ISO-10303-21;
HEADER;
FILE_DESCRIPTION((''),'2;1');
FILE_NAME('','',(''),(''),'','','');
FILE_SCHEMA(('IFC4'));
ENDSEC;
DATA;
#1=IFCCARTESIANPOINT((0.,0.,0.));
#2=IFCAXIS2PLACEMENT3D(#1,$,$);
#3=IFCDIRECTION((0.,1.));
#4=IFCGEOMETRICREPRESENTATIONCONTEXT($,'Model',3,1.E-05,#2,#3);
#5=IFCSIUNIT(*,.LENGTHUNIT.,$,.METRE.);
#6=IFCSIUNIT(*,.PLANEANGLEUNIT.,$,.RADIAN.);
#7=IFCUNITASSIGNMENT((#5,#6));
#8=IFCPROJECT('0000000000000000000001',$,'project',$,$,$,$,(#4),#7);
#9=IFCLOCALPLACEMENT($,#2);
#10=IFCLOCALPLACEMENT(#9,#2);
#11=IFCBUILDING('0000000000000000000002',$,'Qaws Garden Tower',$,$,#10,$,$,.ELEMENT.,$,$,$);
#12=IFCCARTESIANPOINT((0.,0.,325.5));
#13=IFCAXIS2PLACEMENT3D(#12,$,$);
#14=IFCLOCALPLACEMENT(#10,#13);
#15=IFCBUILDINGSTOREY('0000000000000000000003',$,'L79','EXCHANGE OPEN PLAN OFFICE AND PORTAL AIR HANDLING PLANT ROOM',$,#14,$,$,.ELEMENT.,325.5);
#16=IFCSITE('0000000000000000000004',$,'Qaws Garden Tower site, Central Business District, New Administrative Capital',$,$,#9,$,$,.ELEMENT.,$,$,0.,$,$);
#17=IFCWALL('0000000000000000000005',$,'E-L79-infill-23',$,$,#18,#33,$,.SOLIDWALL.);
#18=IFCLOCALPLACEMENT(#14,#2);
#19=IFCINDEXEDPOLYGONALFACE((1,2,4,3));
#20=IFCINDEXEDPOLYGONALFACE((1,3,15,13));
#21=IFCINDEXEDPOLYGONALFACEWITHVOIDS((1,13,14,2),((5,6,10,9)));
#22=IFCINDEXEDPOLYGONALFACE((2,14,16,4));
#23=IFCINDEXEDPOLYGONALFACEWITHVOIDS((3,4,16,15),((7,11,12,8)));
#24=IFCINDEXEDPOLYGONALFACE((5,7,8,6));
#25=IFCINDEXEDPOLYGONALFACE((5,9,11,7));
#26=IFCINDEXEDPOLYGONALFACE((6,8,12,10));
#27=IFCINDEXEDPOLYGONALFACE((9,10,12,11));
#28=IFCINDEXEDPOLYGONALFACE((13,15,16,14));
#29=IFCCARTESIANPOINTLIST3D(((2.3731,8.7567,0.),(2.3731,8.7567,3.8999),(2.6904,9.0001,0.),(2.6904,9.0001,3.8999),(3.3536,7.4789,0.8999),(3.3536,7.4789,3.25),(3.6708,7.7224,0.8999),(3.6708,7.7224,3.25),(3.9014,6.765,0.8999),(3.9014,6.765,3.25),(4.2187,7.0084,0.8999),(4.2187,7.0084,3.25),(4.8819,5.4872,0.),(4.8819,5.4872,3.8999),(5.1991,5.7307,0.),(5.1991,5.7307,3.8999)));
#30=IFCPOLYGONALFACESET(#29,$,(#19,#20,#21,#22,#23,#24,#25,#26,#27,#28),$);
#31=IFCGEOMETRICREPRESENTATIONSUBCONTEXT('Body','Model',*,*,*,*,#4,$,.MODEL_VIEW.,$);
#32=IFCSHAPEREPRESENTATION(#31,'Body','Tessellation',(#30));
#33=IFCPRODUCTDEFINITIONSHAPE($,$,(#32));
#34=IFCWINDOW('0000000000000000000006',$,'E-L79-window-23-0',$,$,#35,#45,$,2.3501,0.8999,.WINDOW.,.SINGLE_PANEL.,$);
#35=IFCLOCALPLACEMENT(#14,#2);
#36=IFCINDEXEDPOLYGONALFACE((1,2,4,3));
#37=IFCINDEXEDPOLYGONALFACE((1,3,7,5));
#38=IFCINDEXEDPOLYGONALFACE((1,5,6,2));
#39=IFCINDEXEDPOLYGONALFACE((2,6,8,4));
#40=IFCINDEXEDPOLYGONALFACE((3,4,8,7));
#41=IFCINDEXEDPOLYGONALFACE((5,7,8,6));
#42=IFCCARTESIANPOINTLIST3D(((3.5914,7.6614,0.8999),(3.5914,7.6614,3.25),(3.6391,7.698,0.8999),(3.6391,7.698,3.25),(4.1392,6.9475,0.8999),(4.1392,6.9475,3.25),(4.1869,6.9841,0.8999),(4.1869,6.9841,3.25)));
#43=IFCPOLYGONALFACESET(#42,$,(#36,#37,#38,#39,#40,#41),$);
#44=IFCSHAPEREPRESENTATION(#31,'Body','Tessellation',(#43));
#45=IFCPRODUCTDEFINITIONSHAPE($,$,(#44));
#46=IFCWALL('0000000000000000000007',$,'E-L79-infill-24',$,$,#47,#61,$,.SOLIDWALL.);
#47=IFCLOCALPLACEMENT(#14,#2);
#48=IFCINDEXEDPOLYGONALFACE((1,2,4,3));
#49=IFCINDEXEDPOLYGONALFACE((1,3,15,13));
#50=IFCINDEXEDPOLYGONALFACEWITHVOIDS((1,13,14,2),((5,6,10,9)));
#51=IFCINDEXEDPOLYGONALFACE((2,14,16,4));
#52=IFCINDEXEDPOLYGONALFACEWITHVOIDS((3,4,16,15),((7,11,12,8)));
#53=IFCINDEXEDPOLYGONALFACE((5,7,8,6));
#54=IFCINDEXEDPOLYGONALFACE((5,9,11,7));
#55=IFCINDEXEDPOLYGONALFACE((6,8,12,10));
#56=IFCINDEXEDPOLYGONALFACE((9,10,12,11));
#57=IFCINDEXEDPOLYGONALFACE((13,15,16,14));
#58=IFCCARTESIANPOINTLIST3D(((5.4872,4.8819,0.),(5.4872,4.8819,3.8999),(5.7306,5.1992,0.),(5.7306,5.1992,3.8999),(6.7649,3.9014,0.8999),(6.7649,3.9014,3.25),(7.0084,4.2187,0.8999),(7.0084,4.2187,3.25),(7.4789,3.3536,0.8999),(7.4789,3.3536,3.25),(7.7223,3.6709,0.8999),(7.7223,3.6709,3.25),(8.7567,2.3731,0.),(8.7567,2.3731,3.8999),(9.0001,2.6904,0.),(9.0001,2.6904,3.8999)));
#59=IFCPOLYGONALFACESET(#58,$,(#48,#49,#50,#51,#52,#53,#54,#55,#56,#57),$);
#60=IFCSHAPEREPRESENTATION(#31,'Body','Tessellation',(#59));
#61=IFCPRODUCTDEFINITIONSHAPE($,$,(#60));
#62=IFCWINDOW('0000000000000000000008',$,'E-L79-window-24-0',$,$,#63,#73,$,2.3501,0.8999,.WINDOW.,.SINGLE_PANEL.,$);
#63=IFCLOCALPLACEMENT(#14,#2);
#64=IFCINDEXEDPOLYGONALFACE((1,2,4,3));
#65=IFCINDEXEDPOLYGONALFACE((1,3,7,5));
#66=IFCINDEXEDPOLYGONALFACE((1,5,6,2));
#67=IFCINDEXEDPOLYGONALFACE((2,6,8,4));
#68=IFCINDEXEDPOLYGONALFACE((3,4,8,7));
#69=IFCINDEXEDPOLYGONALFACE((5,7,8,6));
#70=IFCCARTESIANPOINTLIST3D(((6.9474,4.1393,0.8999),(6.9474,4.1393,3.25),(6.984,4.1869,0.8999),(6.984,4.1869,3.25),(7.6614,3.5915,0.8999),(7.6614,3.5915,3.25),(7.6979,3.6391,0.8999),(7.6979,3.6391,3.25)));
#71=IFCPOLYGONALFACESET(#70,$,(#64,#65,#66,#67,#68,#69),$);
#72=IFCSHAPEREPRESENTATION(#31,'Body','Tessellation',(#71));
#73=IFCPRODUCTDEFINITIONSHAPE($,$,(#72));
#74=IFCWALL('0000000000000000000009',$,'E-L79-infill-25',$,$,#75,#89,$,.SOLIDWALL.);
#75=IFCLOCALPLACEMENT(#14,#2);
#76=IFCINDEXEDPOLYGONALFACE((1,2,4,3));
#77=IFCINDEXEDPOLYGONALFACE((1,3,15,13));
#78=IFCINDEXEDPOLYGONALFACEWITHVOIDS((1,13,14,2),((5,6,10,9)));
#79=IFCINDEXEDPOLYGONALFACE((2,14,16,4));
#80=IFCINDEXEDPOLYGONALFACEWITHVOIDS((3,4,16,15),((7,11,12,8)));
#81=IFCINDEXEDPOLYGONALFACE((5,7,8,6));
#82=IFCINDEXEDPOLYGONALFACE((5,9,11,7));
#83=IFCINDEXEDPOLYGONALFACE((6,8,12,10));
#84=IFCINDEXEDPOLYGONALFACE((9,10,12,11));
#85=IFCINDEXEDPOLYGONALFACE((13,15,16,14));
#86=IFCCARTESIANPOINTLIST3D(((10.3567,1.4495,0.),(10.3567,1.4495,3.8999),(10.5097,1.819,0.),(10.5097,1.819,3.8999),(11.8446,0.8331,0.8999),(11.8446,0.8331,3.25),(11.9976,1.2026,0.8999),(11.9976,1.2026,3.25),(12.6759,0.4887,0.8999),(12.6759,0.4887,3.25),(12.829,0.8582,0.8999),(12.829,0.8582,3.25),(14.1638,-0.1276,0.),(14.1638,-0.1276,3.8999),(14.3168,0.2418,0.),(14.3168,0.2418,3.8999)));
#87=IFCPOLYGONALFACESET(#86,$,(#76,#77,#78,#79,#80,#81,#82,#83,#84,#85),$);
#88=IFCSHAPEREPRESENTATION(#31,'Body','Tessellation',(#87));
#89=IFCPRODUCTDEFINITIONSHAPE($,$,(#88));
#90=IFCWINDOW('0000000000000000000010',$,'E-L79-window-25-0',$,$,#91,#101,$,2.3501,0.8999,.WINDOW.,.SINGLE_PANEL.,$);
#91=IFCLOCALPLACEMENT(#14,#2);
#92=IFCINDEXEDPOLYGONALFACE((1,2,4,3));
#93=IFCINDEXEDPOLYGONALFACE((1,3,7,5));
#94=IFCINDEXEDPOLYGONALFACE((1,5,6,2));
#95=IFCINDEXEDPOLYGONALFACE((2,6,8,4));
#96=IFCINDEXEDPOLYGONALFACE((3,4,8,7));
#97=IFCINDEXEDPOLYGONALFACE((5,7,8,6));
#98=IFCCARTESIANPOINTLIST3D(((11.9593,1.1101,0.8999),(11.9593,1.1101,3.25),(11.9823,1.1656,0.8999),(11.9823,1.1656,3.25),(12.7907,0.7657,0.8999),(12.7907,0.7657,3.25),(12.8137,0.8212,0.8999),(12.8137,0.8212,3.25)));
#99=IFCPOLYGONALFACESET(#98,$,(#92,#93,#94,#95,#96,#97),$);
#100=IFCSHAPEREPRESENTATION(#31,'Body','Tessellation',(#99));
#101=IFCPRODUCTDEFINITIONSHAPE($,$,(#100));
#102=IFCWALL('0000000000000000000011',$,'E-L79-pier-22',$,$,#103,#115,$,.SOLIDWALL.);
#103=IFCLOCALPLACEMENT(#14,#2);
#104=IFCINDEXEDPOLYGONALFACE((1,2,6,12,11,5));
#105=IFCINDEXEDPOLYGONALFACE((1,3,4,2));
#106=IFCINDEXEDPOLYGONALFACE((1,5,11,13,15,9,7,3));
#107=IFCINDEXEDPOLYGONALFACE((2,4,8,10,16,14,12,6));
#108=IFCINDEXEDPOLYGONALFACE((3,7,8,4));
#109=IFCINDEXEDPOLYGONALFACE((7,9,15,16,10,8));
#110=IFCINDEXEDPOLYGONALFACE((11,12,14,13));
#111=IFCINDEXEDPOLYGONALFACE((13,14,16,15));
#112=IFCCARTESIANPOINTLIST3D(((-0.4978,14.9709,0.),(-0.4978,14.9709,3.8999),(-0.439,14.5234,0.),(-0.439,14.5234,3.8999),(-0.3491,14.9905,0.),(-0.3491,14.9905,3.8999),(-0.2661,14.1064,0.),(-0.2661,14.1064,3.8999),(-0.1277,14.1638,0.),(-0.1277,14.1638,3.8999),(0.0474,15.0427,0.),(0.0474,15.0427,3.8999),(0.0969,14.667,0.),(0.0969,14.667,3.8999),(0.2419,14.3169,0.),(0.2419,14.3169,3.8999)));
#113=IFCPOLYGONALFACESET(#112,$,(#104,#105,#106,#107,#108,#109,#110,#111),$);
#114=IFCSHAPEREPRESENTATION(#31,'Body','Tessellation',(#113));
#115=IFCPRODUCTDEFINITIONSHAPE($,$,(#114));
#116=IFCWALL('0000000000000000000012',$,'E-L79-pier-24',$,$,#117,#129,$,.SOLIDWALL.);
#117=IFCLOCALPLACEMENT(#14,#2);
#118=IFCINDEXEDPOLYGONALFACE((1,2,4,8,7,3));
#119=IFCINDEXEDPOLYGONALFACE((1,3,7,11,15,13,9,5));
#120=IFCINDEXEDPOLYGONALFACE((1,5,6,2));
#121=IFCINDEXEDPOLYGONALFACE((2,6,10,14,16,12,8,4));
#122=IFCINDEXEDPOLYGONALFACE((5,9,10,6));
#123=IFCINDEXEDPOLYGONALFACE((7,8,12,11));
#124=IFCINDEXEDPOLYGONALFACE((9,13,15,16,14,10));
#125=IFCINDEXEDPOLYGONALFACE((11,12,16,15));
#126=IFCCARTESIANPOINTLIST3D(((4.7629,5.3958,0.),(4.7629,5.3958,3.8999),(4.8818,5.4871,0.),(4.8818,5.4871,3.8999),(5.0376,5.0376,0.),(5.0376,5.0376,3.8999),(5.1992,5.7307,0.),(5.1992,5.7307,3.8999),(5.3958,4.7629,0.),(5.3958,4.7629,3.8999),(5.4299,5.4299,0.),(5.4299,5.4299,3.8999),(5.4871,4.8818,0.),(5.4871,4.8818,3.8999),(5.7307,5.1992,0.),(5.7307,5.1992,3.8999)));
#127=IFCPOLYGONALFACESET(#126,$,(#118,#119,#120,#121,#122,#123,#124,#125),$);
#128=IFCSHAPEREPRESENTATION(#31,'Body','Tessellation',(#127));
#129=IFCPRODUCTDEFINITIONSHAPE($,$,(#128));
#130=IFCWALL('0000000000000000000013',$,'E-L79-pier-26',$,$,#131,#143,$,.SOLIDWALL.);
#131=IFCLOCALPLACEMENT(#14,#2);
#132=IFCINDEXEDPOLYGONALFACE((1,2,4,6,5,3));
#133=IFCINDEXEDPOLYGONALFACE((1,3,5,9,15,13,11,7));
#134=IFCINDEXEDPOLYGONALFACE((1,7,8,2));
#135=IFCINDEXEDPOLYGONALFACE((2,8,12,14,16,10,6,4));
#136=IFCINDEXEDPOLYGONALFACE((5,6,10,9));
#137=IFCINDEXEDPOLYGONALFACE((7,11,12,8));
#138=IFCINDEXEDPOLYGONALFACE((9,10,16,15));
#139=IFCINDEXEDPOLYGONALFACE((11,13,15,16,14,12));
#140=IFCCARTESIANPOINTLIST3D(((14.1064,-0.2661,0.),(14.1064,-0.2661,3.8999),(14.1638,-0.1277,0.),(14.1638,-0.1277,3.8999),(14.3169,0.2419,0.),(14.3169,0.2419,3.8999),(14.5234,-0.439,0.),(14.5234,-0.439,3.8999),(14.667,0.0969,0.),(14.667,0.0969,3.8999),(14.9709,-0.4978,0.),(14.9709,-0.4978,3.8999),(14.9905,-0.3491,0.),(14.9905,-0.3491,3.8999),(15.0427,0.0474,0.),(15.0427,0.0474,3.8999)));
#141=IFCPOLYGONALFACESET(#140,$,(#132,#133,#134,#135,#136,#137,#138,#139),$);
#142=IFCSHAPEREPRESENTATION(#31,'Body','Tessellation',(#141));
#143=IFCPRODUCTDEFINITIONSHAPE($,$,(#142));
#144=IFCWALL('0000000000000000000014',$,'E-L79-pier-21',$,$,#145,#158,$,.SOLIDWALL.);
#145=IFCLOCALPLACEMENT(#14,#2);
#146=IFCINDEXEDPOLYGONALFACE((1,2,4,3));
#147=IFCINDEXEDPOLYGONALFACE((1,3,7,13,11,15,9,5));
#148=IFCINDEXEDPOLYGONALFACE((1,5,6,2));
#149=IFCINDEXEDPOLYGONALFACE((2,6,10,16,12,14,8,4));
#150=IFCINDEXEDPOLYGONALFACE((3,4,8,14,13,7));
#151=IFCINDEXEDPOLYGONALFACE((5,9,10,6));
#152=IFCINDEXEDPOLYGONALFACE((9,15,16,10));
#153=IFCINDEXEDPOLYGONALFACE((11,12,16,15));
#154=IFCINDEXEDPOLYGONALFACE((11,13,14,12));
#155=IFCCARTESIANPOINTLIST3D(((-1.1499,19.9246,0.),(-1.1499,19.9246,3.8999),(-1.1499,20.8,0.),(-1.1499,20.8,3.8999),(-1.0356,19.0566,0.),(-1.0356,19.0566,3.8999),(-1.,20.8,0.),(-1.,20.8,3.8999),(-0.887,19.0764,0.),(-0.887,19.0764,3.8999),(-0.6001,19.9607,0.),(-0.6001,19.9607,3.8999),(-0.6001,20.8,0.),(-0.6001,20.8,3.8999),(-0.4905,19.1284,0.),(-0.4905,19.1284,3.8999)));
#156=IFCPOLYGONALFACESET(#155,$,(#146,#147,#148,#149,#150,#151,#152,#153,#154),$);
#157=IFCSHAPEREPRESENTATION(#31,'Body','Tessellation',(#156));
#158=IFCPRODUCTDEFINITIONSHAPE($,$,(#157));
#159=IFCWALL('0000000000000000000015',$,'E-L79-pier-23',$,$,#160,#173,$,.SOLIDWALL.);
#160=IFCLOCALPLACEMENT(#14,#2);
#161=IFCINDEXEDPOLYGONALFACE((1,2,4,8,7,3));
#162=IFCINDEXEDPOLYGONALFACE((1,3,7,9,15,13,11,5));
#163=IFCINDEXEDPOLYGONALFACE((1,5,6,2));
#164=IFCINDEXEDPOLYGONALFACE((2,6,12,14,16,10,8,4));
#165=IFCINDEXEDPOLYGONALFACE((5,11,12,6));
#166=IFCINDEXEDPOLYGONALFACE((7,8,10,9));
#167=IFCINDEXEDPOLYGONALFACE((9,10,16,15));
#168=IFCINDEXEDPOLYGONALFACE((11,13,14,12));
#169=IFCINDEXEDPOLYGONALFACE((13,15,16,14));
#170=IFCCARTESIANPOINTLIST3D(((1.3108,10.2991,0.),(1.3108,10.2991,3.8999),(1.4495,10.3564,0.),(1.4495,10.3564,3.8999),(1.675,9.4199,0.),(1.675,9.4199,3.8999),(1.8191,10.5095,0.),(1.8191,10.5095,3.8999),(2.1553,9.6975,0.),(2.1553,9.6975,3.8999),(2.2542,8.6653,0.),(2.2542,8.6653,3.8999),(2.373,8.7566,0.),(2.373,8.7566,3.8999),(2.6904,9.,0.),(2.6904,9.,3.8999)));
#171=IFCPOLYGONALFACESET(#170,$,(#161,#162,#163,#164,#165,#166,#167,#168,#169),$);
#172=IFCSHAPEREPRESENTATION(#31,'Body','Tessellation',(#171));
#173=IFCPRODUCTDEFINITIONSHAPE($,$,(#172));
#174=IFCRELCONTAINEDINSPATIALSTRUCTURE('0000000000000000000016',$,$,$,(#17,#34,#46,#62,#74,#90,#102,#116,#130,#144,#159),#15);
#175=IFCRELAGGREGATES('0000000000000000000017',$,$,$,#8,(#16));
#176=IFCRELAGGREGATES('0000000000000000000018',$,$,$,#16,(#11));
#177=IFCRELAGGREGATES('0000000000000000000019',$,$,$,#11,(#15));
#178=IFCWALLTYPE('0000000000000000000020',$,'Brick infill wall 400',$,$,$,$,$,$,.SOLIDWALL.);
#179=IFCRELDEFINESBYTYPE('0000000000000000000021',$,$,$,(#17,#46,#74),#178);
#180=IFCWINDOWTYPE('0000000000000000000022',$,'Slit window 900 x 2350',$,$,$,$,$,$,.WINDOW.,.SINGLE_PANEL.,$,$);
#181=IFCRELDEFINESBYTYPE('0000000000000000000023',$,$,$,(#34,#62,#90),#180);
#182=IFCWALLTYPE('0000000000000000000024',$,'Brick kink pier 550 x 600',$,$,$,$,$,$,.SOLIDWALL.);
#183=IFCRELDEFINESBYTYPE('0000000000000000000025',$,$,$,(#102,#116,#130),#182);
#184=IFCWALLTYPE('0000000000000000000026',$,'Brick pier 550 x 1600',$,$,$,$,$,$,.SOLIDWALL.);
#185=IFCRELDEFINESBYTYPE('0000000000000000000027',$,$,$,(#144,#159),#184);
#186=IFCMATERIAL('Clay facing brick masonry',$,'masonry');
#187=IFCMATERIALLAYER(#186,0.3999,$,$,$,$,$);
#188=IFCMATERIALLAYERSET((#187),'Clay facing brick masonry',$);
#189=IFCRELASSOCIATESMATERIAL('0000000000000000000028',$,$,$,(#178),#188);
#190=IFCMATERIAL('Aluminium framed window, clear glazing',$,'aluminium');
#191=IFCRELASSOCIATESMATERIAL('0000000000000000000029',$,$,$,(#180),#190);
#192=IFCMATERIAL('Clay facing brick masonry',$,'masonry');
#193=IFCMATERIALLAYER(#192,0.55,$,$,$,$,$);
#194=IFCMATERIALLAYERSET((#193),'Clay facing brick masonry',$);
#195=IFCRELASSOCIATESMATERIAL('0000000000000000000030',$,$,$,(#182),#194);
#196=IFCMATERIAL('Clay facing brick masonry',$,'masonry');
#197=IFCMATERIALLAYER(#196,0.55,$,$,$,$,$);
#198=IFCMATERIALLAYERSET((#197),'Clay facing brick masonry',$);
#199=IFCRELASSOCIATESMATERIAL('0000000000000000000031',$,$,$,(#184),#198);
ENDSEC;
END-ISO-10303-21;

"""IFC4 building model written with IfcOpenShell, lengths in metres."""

from ifc_helpers import new_model, si_unit, direction, frame, frame_2d, origin, place, context, subcontext, project, spatial, polyline, rectangle, outline, extrude, material, layer, layer_set, type_object, element, fill, save


model = new_model("IFC4")

# Units and contexts
model_context = context("Model", 3, precision=1e-05, world=origin(), true_north=direction((0.0, 1.0)))
body_context = subcontext(model_context, "Body", "Model", "MODEL_VIEW")
ifc_project = project(units=[si_unit("LENGTHUNIT", "METRE"), si_unit("PLANEANGLEUNIT", "RADIAN")], contexts=[model_context])

# Site, building, storey
site_placement = place(None, origin())
site = spatial("IfcSite", under=ifc_project, at=site_placement, Name="Qaws Garden Tower site, Central Business District, New Administrative Capital", CompositionType="ELEMENT", RefElevation=0.0)
building_placement = place(site_placement, origin())
building = spatial("IfcBuilding", under=site, at=building_placement, Name="Qaws Garden Tower", CompositionType="ELEMENT")
storey_placement = place(building_placement, frame((0.0, 0.0, 325.5)))
storey = spatial("IfcBuildingStorey", under=building, at=storey_placement, Name="L79", Description="EXCHANGE OPEN PLAN OFFICE AND PORTAL AIR HANDLING PLANT ROOM", CompositionType="ELEMENT", Elevation=325.5)

# Shared definitions
placement_1 = place(storey_placement, origin())

# Walls, openings, windows
ifc_material_1 = material(Name="Clay facing brick masonry", Category="masonry")
ifc_layer_1 = layer(ifc_material_1, 0.3999)
ifc_layer_set_1 = layer_set([ifc_layer_1], Name="Clay facing brick masonry")
wall_type_1 = type_object("IfcWallType", Name="Brick infill wall 400", PredefinedType="SOLIDWALL", material=ifc_layer_set_1)
wall_1_placement = place(storey_placement, frame((2.5317, 8.8784, 0.0), z_axis=(0.0, 0.0, 1.0), x_axis=(0.60876, -0.793355, 0.0)))
wall_1 = element("IfcWall", 1, at=wall_1_placement, inside=storey, type_object=wall_type_1, Name="E-L79-infill-23", PredefinedType="SOLIDWALL", context=body_context, shape_type="SweptSolid", body=[
    extrude(rectangle(XDim=4.1211, YDim=0.3999, at=frame_2d((2.0605, 0.0))), origin(), (0.0, 0.0, 1.0), 3.8999),
])
opening_1_placement = place(wall_1_placement, frame((1.6106, 0.0, 0.8999)))
opening_1 = element("IfcOpeningElement", 2, at=opening_1_placement, cuts=wall_1, PredefinedType="OPENING", context=body_context, shape_type="SweptSolid", body=[
    extrude(rectangle(XDim=0.8999, YDim=2.3501, at=frame_2d((0.45, 1.175))), frame((0.0, 0.21, 0.0), z_axis=(0.0, -1.0, 0.0), x_axis=(1.0, 0.0, 0.0)), (0.0, 0.0, 1.0), 0.4199),
])
ifc_material_2 = material(Name="Aluminium framed window, clear glazing", Category="aluminium")
window_type = type_object("IfcWindowType", Name="Slit window 900 x 2350", PartitioningType="SINGLE_PANEL", PredefinedType="WINDOW", material=ifc_material_2)
window_1_placement = place(opening_1_placement, origin())
window_1 = element("IfcWindow", 3, at=window_1_placement, inside=storey, type_object=window_type, Name="E-L79-window-23-0", OverallHeight=2.3501, OverallWidth=0.8999, PartitioningType="SINGLE_PANEL", PredefinedType="WINDOW", context=body_context, shape_type="SweptSolid", body=[
    extrude(rectangle(XDim=0.8999, YDim=2.3501, at=frame_2d((0.45, 1.175))), frame((0.0, 0.1599, 0.0), z_axis=(0.0, -1.0, 0.0), x_axis=(1.0, 0.0, 0.0)), (0.0, 0.0, 1.0), 0.0601),
])
fill(opening_1, window_1)
wall_2_placement = place(storey_placement, frame((5.6089, 5.0405, 0.0), z_axis=(0.0, 0.0, 1.0), x_axis=(0.793355, -0.60876, 0.0)))
wall_2 = element("IfcWall", 4, at=wall_2_placement, inside=storey, type_object=wall_type_1, Name="E-L79-infill-24", PredefinedType="SOLIDWALL", context=body_context, shape_type="SweptSolid", body=[
    extrude(rectangle(XDim=4.1211, YDim=0.3999, at=frame_2d((2.0605, 0.0))), origin(), (0.0, 0.0, 1.0), 3.8999),
])
opening_2_placement = place(wall_2_placement, frame((1.6106, 0.0, 0.8999)))
opening_2 = element("IfcOpeningElement", 5, at=opening_2_placement, cuts=wall_2, PredefinedType="OPENING", context=body_context, shape_type="SweptSolid", body=[
    extrude(rectangle(XDim=0.8999, YDim=2.3501, at=frame_2d((0.45, 1.175))), frame((0.0, 0.21, 0.0), z_axis=(0.0, -1.0, 0.0), x_axis=(1.0, 0.0, 0.0)), (0.0, 0.0, 1.0), 0.4199),
])
window_2_placement = place(opening_2_placement, origin())
window_2 = element("IfcWindow", 6, at=window_2_placement, inside=storey, type_object=window_type, Name="E-L79-window-24-0", OverallHeight=2.3501, OverallWidth=0.8999, PartitioningType="SINGLE_PANEL", PredefinedType="WINDOW", context=body_context, shape_type="SweptSolid", body=[
    extrude(rectangle(XDim=0.8999, YDim=2.3501, at=frame_2d((0.45, 1.175))), frame((0.0, 0.1599, 0.0), z_axis=(0.0, -1.0, 0.0), x_axis=(1.0, 0.0, 0.0)), (0.0, 0.0, 1.0), 0.0601),
])
fill(opening_2, window_2)
wall_3_placement = place(storey_placement, frame((10.4331, 1.6343, 0.0), z_axis=(0.0, 0.0, 1.0), x_axis=(0.923864, -0.382722, 0.0)))
wall_3 = element("IfcWall", 7, at=wall_3_placement, inside=storey, type_object=wall_type_1, Name="E-L79-infill-25", PredefinedType="SOLIDWALL", context=body_context, shape_type="SweptSolid", body=[
    extrude(rectangle(XDim=4.1208, YDim=0.3999, at=frame_2d((2.0605, 0.0))), origin(), (0.0, 0.0, 1.0), 3.8999),
])
opening_3_placement = place(wall_3_placement, frame((1.6106, 0.0, 0.8999)))
opening_3 = element("IfcOpeningElement", 8, at=opening_3_placement, cuts=wall_3, PredefinedType="OPENING", context=body_context, shape_type="SweptSolid", body=[
    extrude(rectangle(XDim=0.8999, YDim=2.3501, at=frame_2d((0.45, 1.175))), frame((0.0, 0.21, 0.0), z_axis=(0.0, -1.0, 0.0), x_axis=(1.0, 0.0, 0.0)), (0.0, 0.0, 1.0), 0.4199),
])
window_3_placement = place(opening_3_placement, origin())
window_3 = element("IfcWindow", 9, at=window_3_placement, inside=storey, type_object=window_type, Name="E-L79-window-25-0", OverallHeight=2.3501, OverallWidth=0.8999, PartitioningType="SINGLE_PANEL", PredefinedType="WINDOW", context=body_context, shape_type="SweptSolid", body=[
    extrude(rectangle(XDim=0.8999, YDim=2.3501, at=frame_2d((0.45, 1.175))), frame((0.0, 0.1599, 0.0), z_axis=(0.0, -1.0, 0.0), x_axis=(1.0, 0.0, 0.0)), (0.0, 0.0, 1.0), 0.0601),
])
fill(opening_3, window_3)

# Walls
ifc_material_3 = material(Name="Clay facing brick masonry", Category="masonry")
ifc_layer_2 = layer(ifc_material_3, 0.55)
ifc_layer_set_2 = layer_set([ifc_layer_2], Name="Clay facing brick masonry")
wall_type_2 = type_object("IfcWallType", Name="Brick kink pier 550 x 600", PredefinedType="SOLIDWALL", material=ifc_layer_set_2)
element("IfcWall", 10, at=placement_1, inside=storey, type_object=wall_type_2, Name="E-L79-pier-22", PredefinedType="SOLIDWALL", context=body_context, shape_type="SweptSolid", body=[
    extrude(outline(polyline([(-0.3491, 14.9905), (-0.4978, 14.9709), (-0.439, 14.5234), (-0.2661, 14.1064), (-0.1277, 14.1638), (0.2419, 14.3169), (0.0969, 14.667), (0.0474, 15.0427), (-0.3491, 14.9905)])), origin(), (0.0, 0.0, 1.0), 3.8999),
])
element("IfcWall", 11, at=placement_1, inside=storey, type_object=wall_type_2, Name="E-L79-pier-24", PredefinedType="SOLIDWALL", context=body_context, shape_type="SweptSolid", body=[
    extrude(outline(polyline([(4.8818, 5.4871), (4.7629, 5.3958), (5.0376, 5.0376), (5.3958, 4.7629), (5.4871, 4.8818), (5.7307, 5.1992), (5.4299, 5.4299), (5.1992, 5.7307), (4.8818, 5.4871)])), origin(), (0.0, 0.0, 1.0), 3.8999),
])
element("IfcWall", 12, at=placement_1, inside=storey, type_object=wall_type_2, Name="E-L79-pier-26", PredefinedType="SOLIDWALL", context=body_context, shape_type="SweptSolid", body=[
    extrude(outline(polyline([(14.1638, -0.1277), (14.1064, -0.2661), (14.5234, -0.439), (14.9709, -0.4978), (14.9905, -0.3491), (15.0427, 0.0474), (14.667, 0.0969), (14.3169, 0.2419), (14.1638, -0.1277)])), origin(), (0.0, 0.0, 1.0), 3.8999),
])
ifc_material_4 = material(Name="Clay facing brick masonry", Category="masonry")
ifc_layer_3 = layer(ifc_material_4, 0.55)
ifc_layer_set_3 = layer_set([ifc_layer_3], Name="Clay facing brick masonry")
wall_type_3 = type_object("IfcWallType", Name="Brick pier 550 x 1600", PredefinedType="SOLIDWALL", material=ifc_layer_set_3)
element("IfcWall", 13, at=placement_1, inside=storey, type_object=wall_type_3, Name="E-L79-pier-21", PredefinedType="SOLIDWALL", context=body_context, shape_type="SweptSolid", body=[
    extrude(outline(polyline([(-1.0, 20.8), (-1.1499, 20.8), (-1.1499, 19.9246), (-1.0356, 19.0566), (-0.887, 19.0764), (-0.4905, 19.1284), (-0.6001, 19.9607), (-0.6001, 20.8), (-1.0, 20.8)])), origin(), (0.0, 0.0, 1.0), 3.8999),
])
element("IfcWall", 14, at=placement_1, inside=storey, type_object=wall_type_3, Name="E-L79-pier-23", PredefinedType="SOLIDWALL", context=body_context, shape_type="SweptSolid", body=[
    extrude(outline(polyline([(1.4495, 10.3564), (1.3108, 10.2991), (1.675, 9.4199), (2.2542, 8.6653), (2.373, 8.7566), (2.6904, 9.0), (2.1553, 9.6975), (1.8191, 10.5095), (1.4495, 10.3564)])), origin(), (0.0, 0.0, 1.0), 3.8999),
])

save(model, "model.ifc")
